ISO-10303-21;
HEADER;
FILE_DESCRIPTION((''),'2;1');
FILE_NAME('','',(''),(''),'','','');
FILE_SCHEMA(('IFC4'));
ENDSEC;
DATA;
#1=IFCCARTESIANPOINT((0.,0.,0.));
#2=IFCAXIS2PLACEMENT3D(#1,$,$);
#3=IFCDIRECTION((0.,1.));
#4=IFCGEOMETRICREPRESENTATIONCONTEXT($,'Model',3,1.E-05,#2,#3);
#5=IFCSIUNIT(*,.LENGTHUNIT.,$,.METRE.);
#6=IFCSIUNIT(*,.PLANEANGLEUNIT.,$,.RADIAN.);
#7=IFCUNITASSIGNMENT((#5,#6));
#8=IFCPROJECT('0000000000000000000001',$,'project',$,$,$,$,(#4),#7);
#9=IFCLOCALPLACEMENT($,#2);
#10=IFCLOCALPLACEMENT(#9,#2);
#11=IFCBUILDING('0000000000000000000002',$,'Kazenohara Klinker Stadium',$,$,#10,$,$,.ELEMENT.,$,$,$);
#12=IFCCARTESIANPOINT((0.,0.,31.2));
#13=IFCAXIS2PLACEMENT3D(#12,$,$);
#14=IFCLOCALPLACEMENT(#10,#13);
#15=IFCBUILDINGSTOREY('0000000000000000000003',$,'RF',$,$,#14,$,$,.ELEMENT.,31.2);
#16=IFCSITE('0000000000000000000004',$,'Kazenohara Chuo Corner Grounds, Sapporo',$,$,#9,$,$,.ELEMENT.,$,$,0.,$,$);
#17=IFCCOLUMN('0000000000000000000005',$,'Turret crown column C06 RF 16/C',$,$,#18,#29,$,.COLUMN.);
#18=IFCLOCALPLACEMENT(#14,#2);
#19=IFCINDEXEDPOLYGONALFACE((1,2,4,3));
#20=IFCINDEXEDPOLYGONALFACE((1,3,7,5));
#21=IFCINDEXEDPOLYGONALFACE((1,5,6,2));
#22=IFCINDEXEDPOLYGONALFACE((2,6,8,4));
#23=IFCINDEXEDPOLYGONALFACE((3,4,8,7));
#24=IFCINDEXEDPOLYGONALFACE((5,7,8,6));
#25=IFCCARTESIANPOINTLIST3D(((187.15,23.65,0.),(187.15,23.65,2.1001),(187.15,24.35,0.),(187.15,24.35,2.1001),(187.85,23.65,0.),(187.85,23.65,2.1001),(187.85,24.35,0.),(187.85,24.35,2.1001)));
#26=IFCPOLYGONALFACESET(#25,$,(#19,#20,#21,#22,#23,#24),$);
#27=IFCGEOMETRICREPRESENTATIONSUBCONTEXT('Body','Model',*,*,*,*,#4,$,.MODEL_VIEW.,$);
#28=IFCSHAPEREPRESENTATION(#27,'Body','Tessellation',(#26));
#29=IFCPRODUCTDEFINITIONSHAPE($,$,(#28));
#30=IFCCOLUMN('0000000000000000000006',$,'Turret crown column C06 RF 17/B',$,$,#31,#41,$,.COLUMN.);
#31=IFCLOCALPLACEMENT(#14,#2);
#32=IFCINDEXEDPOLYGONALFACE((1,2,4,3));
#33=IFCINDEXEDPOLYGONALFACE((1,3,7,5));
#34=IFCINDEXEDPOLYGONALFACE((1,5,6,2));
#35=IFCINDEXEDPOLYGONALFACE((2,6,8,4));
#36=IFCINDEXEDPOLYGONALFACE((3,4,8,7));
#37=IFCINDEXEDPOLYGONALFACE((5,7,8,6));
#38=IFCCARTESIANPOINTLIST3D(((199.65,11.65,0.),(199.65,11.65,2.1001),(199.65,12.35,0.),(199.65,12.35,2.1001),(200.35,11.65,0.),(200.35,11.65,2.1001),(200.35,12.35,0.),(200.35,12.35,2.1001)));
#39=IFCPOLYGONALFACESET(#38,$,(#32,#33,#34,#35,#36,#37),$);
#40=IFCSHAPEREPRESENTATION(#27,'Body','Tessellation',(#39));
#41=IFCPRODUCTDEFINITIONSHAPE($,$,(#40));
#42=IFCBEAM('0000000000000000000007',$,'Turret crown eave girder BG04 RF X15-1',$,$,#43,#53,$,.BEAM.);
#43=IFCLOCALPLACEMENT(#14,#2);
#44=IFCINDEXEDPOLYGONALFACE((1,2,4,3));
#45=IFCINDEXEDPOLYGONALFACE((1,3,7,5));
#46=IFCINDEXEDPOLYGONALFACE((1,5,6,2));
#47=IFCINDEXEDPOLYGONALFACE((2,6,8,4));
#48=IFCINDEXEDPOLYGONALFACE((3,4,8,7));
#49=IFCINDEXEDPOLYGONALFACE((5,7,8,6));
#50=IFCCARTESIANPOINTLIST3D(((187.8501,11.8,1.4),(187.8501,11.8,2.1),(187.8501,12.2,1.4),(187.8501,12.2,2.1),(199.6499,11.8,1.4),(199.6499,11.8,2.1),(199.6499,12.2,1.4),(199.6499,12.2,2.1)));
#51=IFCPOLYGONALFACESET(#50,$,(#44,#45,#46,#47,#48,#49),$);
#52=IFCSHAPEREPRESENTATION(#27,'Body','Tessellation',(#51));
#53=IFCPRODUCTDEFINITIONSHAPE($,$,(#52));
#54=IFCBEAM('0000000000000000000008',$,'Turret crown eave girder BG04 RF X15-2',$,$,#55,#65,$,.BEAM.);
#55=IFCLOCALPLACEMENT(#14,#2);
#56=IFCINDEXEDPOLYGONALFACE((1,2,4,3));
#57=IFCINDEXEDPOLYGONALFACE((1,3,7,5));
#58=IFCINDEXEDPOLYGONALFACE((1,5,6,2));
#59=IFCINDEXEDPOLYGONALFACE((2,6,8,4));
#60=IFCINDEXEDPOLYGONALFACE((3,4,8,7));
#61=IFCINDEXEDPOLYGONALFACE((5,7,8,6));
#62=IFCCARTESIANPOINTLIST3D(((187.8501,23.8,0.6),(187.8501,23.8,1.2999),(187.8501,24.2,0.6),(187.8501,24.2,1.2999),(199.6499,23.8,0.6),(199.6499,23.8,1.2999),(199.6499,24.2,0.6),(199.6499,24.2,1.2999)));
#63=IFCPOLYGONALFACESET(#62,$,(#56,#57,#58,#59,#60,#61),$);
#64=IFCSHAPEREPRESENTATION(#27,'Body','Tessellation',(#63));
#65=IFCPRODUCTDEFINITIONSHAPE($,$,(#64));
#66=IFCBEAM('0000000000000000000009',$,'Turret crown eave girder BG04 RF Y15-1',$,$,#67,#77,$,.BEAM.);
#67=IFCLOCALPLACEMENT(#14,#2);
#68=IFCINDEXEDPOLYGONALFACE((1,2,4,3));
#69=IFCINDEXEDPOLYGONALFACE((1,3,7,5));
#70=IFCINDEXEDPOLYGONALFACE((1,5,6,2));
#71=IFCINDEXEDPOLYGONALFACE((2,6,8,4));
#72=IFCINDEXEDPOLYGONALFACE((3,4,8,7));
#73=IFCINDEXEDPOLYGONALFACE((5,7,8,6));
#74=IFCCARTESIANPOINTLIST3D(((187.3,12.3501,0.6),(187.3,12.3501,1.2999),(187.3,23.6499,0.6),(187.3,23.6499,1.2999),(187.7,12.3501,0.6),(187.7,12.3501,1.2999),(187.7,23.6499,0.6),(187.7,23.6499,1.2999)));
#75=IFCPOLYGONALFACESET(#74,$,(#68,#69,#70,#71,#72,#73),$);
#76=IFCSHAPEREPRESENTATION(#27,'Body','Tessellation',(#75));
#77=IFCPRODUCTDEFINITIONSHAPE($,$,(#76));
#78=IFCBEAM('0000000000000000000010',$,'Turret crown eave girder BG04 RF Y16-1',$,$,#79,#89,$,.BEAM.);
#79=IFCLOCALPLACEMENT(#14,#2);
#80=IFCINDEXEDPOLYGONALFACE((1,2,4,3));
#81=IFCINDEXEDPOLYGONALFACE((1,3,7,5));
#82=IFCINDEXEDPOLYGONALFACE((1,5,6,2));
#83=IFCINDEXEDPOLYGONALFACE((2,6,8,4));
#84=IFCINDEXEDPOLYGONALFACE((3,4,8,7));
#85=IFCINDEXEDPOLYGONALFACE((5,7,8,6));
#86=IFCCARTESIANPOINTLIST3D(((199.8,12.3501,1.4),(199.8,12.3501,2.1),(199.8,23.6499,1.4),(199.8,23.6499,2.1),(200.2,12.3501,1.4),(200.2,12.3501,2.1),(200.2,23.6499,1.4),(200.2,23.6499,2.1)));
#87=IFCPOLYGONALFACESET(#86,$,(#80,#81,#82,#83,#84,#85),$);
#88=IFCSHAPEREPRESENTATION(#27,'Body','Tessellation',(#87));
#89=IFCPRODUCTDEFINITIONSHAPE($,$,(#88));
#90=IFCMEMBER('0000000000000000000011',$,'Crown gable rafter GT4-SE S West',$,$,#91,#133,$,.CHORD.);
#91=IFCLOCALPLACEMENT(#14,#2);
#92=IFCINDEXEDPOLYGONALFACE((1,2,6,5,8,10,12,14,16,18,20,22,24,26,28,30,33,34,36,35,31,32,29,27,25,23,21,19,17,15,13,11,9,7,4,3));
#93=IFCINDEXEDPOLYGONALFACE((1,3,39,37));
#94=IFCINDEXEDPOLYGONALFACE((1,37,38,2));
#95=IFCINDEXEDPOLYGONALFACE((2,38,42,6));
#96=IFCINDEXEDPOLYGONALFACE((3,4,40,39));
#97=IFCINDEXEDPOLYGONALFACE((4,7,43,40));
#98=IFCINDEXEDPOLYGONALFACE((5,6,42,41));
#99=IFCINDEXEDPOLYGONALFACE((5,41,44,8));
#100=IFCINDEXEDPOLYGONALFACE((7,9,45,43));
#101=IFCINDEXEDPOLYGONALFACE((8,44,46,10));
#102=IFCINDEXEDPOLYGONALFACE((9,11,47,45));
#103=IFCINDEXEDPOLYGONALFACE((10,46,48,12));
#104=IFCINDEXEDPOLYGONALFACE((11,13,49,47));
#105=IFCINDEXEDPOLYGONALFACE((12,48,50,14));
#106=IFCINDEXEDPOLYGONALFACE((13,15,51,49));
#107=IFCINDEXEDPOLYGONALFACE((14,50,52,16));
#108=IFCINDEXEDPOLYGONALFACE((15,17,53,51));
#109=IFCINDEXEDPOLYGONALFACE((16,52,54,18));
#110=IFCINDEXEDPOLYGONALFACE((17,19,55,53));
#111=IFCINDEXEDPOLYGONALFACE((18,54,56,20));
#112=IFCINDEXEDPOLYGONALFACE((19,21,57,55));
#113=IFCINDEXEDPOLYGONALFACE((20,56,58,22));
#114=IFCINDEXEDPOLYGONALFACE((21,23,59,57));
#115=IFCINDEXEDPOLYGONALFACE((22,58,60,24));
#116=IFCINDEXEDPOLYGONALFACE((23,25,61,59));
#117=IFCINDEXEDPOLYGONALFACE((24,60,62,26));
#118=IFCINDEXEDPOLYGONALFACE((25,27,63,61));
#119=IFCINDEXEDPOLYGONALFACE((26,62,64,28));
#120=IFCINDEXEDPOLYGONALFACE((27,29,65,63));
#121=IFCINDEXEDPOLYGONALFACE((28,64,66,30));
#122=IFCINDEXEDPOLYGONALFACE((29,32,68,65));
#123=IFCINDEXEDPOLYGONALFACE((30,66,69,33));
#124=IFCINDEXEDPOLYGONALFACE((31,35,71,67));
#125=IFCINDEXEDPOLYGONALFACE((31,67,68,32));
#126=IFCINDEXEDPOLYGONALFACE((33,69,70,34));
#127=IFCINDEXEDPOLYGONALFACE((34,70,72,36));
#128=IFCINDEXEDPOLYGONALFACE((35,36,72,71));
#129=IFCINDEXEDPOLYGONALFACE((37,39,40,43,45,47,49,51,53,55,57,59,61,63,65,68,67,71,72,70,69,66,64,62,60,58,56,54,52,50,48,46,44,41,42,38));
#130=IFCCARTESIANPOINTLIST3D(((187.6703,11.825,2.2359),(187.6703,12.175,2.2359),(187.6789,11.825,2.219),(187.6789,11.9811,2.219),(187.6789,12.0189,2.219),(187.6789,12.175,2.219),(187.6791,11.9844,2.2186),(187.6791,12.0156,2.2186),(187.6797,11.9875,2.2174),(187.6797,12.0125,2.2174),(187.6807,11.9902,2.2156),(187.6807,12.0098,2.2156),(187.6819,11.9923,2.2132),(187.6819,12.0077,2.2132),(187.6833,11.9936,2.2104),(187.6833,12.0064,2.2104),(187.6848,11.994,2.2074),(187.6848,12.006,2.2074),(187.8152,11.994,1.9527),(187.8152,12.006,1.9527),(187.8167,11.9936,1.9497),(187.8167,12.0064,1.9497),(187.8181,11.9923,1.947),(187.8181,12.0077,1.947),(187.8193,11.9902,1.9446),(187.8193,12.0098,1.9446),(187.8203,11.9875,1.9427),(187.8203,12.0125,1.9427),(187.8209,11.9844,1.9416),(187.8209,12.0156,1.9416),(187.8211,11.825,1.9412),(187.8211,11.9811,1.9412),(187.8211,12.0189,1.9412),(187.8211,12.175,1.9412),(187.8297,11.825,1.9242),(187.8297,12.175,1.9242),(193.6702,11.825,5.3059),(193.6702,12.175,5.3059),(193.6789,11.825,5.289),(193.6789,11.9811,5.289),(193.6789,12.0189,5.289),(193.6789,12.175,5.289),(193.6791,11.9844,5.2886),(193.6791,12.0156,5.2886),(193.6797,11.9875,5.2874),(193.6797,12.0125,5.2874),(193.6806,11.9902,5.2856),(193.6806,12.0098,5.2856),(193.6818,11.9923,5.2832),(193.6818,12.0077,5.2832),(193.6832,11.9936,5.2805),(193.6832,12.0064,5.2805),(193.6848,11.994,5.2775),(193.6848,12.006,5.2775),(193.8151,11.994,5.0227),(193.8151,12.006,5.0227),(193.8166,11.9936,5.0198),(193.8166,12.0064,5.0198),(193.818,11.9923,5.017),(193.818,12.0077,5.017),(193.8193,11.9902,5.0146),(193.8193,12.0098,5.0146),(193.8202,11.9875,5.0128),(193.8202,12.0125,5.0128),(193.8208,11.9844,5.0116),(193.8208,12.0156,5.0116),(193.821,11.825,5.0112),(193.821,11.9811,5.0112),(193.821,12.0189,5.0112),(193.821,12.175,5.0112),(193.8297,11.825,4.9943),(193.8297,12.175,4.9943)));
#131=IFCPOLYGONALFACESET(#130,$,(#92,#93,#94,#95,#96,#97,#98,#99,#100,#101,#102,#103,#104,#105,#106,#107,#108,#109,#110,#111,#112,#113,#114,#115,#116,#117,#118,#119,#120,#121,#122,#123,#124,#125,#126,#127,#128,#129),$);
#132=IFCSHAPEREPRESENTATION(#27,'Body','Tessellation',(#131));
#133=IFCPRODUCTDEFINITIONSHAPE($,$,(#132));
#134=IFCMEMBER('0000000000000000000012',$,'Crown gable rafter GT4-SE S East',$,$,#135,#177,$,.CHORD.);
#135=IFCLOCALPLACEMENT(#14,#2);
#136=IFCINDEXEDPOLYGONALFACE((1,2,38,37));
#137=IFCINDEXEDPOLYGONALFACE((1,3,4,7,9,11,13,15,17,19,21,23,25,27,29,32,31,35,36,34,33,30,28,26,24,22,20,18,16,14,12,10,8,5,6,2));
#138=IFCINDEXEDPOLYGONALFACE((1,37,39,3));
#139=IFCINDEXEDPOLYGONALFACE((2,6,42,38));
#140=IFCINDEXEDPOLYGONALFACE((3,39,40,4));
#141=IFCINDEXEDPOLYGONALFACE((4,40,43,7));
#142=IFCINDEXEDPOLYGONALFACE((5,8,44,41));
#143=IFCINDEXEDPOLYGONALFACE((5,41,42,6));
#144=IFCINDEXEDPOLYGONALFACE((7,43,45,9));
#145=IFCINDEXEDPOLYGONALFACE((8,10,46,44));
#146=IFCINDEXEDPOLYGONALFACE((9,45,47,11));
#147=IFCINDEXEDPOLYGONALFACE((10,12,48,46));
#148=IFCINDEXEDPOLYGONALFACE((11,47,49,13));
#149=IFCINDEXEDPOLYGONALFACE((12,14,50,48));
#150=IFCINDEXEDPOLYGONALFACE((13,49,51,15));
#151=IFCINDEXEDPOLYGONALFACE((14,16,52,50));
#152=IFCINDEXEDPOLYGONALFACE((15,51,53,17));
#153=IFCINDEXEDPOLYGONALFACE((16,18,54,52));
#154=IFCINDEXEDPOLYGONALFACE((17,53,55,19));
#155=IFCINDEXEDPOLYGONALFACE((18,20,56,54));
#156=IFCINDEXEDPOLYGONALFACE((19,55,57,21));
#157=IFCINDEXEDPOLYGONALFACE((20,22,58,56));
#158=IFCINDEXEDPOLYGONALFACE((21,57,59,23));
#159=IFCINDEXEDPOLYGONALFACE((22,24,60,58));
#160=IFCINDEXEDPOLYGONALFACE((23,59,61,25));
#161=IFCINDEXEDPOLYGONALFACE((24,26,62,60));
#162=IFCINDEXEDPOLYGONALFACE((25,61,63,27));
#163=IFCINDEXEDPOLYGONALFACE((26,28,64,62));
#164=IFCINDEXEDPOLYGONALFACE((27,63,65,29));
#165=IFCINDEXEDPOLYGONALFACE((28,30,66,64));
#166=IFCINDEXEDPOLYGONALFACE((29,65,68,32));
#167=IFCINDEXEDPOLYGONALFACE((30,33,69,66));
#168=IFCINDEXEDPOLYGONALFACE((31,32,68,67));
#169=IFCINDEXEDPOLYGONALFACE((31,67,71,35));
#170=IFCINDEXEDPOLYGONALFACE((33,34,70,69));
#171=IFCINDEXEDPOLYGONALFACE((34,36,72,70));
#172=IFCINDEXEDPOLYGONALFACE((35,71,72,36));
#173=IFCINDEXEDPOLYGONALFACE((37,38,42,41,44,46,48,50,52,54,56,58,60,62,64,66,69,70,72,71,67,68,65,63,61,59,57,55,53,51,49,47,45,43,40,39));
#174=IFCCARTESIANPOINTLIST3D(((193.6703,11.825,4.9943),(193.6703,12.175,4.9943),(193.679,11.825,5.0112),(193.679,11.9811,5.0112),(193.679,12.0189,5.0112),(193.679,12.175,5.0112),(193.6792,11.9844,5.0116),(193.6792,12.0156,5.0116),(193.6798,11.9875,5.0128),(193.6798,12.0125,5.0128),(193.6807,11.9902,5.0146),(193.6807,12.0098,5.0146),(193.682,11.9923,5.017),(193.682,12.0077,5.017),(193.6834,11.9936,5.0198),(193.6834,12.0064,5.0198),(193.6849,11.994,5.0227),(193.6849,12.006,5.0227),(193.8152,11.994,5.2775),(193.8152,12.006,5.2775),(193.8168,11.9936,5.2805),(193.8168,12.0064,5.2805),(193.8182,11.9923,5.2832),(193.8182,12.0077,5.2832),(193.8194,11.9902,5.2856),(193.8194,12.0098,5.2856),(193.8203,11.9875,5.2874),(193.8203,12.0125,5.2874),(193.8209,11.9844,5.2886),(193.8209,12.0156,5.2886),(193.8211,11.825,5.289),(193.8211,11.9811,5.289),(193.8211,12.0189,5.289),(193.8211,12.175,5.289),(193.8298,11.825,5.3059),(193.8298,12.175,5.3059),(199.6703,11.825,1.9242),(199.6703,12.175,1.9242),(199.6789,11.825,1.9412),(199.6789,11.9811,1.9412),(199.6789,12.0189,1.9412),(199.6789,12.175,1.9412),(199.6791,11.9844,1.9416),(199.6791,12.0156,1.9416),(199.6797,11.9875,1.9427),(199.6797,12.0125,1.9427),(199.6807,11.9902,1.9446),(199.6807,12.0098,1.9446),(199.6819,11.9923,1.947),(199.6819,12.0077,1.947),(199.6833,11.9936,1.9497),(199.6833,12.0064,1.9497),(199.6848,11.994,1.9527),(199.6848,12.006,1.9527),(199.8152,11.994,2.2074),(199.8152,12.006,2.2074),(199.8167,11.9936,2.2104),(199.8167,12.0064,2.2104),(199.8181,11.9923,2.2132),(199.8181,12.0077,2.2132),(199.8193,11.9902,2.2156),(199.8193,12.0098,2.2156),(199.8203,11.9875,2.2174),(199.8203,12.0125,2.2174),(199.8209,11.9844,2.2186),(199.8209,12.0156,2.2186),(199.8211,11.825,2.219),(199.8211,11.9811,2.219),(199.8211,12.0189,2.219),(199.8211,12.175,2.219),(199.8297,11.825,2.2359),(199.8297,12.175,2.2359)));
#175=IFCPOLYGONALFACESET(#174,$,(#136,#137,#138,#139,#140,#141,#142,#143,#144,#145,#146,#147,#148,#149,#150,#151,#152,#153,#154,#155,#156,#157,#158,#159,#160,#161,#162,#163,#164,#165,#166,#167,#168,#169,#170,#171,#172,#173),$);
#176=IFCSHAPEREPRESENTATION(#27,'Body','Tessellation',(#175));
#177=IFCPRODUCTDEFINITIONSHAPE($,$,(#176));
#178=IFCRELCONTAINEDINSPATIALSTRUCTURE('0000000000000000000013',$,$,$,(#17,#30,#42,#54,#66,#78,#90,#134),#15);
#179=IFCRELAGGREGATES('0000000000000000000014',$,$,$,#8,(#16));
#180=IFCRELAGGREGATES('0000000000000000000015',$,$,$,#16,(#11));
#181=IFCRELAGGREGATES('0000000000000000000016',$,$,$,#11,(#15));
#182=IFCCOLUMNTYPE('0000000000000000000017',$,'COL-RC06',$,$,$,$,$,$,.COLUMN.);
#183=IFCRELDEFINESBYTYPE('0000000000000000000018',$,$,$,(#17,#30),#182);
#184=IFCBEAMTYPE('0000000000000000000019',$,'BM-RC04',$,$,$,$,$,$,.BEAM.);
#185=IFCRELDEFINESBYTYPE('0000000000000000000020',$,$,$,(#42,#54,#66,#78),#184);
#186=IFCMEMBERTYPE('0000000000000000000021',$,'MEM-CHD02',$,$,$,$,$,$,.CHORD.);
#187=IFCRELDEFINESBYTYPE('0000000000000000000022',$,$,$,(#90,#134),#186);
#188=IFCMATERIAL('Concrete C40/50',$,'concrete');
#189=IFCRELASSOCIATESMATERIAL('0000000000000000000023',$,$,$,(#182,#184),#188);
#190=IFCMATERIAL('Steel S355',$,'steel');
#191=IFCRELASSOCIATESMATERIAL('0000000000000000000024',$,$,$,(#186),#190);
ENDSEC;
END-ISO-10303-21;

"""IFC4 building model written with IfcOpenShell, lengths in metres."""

from ifc_helpers import new_model, si_unit, direction, frame, origin, origin_2d, place, context, subcontext, project, spatial, rectangle, i_section, extrude, material, material_profile, profile_set, type_object, element, save


model = new_model("IFC4")

# Units and contexts
model_context = context("Model", 3, precision=1e-05, world=origin(), true_north=direction((0.0, 1.0)))
body_context = subcontext(model_context, "Body", "Model", "MODEL_VIEW")
ifc_project = project(units=[si_unit("LENGTHUNIT", "METRE"), si_unit("PLANEANGLEUNIT", "RADIAN")], contexts=[model_context])

# Site, building, storey
site_placement = place(None, origin())
site = spatial("IfcSite", under=ifc_project, at=site_placement, Name="Kazenohara Chuo Corner Grounds, Sapporo", CompositionType="ELEMENT", RefElevation=0.0)
building_placement = place(site_placement, origin())
building = spatial("IfcBuilding", under=site, at=building_placement, Name="Kazenohara Klinker Stadium", CompositionType="ELEMENT")
storey_placement = place(building_placement, frame((0.0, 0.0, 31.2)))
storey = spatial("IfcBuildingStorey", under=building, at=storey_placement, Name="RF", CompositionType="ELEMENT", Elevation=31.2)

# Columns
ifc_material_1 = material(Name="Concrete C40/50", Category="concrete")
ifc_material_profile_1 = material_profile(ifc_material_1, rectangle(XDim=0.7, YDim=0.7, at=origin_2d()), Name="RC-COL-700x700")
ifc_profile_set_1 = profile_set([ifc_material_profile_1], Name="Concrete C40/50")
column_type = type_object("IfcColumnType", Name="COL-RC06", PredefinedType="COLUMN", material=ifc_profile_set_1)
for number, where, z_axis, x_axis, name in (
    (1, (187.5, 24.0, 0.0), (0.0, 0.0, 1.0), (1.0, 0.0, 0.0), "Turret crown column C06 RF 16/C"),
    (2, (200.0, 12.0, 0.0), (0.0, 0.0, 1.0), (1.0, 0.0, 0.0), "Turret crown column C06 RF 17/B"),
):
    element("IfcColumn", number, at=place(storey_placement, frame(where, z_axis=z_axis, x_axis=x_axis)), inside=storey, type_object=column_type, Name=name, PredefinedType="COLUMN", context=body_context, shape_type="SweptSolid", body=[
        extrude(rectangle(XDim=0.7, YDim=0.7, at=origin_2d()), origin(), (0.0, 0.0, 1.0), 2.1001),
    ])

# Beams
ifc_material_profile_2 = material_profile(ifc_material_1, rectangle(XDim=0.3999, YDim=0.7, at=origin_2d()), Name="RC-BM-400x700")
ifc_profile_set_2 = profile_set([ifc_material_profile_2], Name="Concrete C40/50")
beam_type = type_object("IfcBeamType", Name="BM-RC04", PredefinedType="BEAM", material=ifc_profile_set_2)
for number, where, z_axis, x_axis, name in (
    (3, (187.8501, 12.0, 1.75), (1.0, 0.0, 0.0), (0.0, 1.0, 0.0), "Turret crown eave girder BG04 RF X15-1"),
    (4, (187.8501, 24.0, 0.95), (1.0, 0.0, 0.0), (0.0, 1.0, 0.0), "Turret crown eave girder BG04 RF X15-2"),
):
    element("IfcBeam", number, at=place(storey_placement, frame(where, z_axis=z_axis, x_axis=x_axis)), inside=storey, type_object=beam_type, Name=name, PredefinedType="BEAM", context=body_context, shape_type="SweptSolid", body=[
        extrude(rectangle(XDim=0.3999, YDim=0.7, at=origin_2d()), origin(), (0.0, 0.0, 1.0), 11.7998),
    ])
for number, where, z_axis, x_axis, name in (
    (5, (187.5, 12.3501, 0.95), (0.0, 1.0, 0.0), (-1.0, 0.0, 0.0), "Turret crown eave girder BG04 RF Y15-1"),
    (6, (200.0, 12.3501, 1.75), (0.0, 1.0, 0.0), (-1.0, 0.0, 0.0), "Turret crown eave girder BG04 RF Y16-1"),
):
    element("IfcBeam", number, at=place(storey_placement, frame(where, z_axis=z_axis, x_axis=x_axis)), inside=storey, type_object=beam_type, Name=name, PredefinedType="BEAM", context=body_context, shape_type="SweptSolid", body=[
        extrude(rectangle(XDim=0.3999, YDim=0.7, at=origin_2d()), origin(), (0.0, 0.0, 1.0), 11.2998),
    ])

# Members
ifc_material_2 = material(Name="Steel S355", Category="steel")
ifc_material_profile_3 = material_profile(ifc_material_2, i_section(OverallWidth=0.3501, OverallDepth=0.3501, WebThickness=0.012, FlangeThickness=0.019, FilletRadius=0.0129, at=origin_2d()), Name="H-350x350x12x19")
ifc_profile_set_3 = profile_set([ifc_material_profile_3], Name="Steel S355")
member_type_1 = type_object("IfcMemberType", Name="MEM-CHD02", PredefinedType="CHORD", material=ifc_profile_set_3)
for number, where, z_axis, x_axis, name in (
    (7, (187.75, 12.0, 2.0801), (0.89023, 0.0, 0.455511), (0.0, 1.0, 0.0), "Crown gable rafter GT4-SE S West"),
    (8, (199.75, 12.0, 2.0801), (-0.89023, 0.0, 0.455511), (0.0, -1.0, 0.0), "Crown gable rafter GT4-SE S East"),
):
    element("IfcMember", number, at=place(storey_placement, frame(where, z_axis=z_axis, x_axis=x_axis)), inside=storey, type_object=member_type_1, Name=name, PredefinedType="CHORD", context=body_context, shape_type="SweptSolid", body=[
        extrude(i_section(OverallWidth=0.3501, OverallDepth=0.3501, WebThickness=0.012, FlangeThickness=0.019, FilletRadius=0.0129, at=origin_2d()), origin(), (0.0, 0.0, 1.0), 6.7397),
    ])

save(model, "model.ifc")
